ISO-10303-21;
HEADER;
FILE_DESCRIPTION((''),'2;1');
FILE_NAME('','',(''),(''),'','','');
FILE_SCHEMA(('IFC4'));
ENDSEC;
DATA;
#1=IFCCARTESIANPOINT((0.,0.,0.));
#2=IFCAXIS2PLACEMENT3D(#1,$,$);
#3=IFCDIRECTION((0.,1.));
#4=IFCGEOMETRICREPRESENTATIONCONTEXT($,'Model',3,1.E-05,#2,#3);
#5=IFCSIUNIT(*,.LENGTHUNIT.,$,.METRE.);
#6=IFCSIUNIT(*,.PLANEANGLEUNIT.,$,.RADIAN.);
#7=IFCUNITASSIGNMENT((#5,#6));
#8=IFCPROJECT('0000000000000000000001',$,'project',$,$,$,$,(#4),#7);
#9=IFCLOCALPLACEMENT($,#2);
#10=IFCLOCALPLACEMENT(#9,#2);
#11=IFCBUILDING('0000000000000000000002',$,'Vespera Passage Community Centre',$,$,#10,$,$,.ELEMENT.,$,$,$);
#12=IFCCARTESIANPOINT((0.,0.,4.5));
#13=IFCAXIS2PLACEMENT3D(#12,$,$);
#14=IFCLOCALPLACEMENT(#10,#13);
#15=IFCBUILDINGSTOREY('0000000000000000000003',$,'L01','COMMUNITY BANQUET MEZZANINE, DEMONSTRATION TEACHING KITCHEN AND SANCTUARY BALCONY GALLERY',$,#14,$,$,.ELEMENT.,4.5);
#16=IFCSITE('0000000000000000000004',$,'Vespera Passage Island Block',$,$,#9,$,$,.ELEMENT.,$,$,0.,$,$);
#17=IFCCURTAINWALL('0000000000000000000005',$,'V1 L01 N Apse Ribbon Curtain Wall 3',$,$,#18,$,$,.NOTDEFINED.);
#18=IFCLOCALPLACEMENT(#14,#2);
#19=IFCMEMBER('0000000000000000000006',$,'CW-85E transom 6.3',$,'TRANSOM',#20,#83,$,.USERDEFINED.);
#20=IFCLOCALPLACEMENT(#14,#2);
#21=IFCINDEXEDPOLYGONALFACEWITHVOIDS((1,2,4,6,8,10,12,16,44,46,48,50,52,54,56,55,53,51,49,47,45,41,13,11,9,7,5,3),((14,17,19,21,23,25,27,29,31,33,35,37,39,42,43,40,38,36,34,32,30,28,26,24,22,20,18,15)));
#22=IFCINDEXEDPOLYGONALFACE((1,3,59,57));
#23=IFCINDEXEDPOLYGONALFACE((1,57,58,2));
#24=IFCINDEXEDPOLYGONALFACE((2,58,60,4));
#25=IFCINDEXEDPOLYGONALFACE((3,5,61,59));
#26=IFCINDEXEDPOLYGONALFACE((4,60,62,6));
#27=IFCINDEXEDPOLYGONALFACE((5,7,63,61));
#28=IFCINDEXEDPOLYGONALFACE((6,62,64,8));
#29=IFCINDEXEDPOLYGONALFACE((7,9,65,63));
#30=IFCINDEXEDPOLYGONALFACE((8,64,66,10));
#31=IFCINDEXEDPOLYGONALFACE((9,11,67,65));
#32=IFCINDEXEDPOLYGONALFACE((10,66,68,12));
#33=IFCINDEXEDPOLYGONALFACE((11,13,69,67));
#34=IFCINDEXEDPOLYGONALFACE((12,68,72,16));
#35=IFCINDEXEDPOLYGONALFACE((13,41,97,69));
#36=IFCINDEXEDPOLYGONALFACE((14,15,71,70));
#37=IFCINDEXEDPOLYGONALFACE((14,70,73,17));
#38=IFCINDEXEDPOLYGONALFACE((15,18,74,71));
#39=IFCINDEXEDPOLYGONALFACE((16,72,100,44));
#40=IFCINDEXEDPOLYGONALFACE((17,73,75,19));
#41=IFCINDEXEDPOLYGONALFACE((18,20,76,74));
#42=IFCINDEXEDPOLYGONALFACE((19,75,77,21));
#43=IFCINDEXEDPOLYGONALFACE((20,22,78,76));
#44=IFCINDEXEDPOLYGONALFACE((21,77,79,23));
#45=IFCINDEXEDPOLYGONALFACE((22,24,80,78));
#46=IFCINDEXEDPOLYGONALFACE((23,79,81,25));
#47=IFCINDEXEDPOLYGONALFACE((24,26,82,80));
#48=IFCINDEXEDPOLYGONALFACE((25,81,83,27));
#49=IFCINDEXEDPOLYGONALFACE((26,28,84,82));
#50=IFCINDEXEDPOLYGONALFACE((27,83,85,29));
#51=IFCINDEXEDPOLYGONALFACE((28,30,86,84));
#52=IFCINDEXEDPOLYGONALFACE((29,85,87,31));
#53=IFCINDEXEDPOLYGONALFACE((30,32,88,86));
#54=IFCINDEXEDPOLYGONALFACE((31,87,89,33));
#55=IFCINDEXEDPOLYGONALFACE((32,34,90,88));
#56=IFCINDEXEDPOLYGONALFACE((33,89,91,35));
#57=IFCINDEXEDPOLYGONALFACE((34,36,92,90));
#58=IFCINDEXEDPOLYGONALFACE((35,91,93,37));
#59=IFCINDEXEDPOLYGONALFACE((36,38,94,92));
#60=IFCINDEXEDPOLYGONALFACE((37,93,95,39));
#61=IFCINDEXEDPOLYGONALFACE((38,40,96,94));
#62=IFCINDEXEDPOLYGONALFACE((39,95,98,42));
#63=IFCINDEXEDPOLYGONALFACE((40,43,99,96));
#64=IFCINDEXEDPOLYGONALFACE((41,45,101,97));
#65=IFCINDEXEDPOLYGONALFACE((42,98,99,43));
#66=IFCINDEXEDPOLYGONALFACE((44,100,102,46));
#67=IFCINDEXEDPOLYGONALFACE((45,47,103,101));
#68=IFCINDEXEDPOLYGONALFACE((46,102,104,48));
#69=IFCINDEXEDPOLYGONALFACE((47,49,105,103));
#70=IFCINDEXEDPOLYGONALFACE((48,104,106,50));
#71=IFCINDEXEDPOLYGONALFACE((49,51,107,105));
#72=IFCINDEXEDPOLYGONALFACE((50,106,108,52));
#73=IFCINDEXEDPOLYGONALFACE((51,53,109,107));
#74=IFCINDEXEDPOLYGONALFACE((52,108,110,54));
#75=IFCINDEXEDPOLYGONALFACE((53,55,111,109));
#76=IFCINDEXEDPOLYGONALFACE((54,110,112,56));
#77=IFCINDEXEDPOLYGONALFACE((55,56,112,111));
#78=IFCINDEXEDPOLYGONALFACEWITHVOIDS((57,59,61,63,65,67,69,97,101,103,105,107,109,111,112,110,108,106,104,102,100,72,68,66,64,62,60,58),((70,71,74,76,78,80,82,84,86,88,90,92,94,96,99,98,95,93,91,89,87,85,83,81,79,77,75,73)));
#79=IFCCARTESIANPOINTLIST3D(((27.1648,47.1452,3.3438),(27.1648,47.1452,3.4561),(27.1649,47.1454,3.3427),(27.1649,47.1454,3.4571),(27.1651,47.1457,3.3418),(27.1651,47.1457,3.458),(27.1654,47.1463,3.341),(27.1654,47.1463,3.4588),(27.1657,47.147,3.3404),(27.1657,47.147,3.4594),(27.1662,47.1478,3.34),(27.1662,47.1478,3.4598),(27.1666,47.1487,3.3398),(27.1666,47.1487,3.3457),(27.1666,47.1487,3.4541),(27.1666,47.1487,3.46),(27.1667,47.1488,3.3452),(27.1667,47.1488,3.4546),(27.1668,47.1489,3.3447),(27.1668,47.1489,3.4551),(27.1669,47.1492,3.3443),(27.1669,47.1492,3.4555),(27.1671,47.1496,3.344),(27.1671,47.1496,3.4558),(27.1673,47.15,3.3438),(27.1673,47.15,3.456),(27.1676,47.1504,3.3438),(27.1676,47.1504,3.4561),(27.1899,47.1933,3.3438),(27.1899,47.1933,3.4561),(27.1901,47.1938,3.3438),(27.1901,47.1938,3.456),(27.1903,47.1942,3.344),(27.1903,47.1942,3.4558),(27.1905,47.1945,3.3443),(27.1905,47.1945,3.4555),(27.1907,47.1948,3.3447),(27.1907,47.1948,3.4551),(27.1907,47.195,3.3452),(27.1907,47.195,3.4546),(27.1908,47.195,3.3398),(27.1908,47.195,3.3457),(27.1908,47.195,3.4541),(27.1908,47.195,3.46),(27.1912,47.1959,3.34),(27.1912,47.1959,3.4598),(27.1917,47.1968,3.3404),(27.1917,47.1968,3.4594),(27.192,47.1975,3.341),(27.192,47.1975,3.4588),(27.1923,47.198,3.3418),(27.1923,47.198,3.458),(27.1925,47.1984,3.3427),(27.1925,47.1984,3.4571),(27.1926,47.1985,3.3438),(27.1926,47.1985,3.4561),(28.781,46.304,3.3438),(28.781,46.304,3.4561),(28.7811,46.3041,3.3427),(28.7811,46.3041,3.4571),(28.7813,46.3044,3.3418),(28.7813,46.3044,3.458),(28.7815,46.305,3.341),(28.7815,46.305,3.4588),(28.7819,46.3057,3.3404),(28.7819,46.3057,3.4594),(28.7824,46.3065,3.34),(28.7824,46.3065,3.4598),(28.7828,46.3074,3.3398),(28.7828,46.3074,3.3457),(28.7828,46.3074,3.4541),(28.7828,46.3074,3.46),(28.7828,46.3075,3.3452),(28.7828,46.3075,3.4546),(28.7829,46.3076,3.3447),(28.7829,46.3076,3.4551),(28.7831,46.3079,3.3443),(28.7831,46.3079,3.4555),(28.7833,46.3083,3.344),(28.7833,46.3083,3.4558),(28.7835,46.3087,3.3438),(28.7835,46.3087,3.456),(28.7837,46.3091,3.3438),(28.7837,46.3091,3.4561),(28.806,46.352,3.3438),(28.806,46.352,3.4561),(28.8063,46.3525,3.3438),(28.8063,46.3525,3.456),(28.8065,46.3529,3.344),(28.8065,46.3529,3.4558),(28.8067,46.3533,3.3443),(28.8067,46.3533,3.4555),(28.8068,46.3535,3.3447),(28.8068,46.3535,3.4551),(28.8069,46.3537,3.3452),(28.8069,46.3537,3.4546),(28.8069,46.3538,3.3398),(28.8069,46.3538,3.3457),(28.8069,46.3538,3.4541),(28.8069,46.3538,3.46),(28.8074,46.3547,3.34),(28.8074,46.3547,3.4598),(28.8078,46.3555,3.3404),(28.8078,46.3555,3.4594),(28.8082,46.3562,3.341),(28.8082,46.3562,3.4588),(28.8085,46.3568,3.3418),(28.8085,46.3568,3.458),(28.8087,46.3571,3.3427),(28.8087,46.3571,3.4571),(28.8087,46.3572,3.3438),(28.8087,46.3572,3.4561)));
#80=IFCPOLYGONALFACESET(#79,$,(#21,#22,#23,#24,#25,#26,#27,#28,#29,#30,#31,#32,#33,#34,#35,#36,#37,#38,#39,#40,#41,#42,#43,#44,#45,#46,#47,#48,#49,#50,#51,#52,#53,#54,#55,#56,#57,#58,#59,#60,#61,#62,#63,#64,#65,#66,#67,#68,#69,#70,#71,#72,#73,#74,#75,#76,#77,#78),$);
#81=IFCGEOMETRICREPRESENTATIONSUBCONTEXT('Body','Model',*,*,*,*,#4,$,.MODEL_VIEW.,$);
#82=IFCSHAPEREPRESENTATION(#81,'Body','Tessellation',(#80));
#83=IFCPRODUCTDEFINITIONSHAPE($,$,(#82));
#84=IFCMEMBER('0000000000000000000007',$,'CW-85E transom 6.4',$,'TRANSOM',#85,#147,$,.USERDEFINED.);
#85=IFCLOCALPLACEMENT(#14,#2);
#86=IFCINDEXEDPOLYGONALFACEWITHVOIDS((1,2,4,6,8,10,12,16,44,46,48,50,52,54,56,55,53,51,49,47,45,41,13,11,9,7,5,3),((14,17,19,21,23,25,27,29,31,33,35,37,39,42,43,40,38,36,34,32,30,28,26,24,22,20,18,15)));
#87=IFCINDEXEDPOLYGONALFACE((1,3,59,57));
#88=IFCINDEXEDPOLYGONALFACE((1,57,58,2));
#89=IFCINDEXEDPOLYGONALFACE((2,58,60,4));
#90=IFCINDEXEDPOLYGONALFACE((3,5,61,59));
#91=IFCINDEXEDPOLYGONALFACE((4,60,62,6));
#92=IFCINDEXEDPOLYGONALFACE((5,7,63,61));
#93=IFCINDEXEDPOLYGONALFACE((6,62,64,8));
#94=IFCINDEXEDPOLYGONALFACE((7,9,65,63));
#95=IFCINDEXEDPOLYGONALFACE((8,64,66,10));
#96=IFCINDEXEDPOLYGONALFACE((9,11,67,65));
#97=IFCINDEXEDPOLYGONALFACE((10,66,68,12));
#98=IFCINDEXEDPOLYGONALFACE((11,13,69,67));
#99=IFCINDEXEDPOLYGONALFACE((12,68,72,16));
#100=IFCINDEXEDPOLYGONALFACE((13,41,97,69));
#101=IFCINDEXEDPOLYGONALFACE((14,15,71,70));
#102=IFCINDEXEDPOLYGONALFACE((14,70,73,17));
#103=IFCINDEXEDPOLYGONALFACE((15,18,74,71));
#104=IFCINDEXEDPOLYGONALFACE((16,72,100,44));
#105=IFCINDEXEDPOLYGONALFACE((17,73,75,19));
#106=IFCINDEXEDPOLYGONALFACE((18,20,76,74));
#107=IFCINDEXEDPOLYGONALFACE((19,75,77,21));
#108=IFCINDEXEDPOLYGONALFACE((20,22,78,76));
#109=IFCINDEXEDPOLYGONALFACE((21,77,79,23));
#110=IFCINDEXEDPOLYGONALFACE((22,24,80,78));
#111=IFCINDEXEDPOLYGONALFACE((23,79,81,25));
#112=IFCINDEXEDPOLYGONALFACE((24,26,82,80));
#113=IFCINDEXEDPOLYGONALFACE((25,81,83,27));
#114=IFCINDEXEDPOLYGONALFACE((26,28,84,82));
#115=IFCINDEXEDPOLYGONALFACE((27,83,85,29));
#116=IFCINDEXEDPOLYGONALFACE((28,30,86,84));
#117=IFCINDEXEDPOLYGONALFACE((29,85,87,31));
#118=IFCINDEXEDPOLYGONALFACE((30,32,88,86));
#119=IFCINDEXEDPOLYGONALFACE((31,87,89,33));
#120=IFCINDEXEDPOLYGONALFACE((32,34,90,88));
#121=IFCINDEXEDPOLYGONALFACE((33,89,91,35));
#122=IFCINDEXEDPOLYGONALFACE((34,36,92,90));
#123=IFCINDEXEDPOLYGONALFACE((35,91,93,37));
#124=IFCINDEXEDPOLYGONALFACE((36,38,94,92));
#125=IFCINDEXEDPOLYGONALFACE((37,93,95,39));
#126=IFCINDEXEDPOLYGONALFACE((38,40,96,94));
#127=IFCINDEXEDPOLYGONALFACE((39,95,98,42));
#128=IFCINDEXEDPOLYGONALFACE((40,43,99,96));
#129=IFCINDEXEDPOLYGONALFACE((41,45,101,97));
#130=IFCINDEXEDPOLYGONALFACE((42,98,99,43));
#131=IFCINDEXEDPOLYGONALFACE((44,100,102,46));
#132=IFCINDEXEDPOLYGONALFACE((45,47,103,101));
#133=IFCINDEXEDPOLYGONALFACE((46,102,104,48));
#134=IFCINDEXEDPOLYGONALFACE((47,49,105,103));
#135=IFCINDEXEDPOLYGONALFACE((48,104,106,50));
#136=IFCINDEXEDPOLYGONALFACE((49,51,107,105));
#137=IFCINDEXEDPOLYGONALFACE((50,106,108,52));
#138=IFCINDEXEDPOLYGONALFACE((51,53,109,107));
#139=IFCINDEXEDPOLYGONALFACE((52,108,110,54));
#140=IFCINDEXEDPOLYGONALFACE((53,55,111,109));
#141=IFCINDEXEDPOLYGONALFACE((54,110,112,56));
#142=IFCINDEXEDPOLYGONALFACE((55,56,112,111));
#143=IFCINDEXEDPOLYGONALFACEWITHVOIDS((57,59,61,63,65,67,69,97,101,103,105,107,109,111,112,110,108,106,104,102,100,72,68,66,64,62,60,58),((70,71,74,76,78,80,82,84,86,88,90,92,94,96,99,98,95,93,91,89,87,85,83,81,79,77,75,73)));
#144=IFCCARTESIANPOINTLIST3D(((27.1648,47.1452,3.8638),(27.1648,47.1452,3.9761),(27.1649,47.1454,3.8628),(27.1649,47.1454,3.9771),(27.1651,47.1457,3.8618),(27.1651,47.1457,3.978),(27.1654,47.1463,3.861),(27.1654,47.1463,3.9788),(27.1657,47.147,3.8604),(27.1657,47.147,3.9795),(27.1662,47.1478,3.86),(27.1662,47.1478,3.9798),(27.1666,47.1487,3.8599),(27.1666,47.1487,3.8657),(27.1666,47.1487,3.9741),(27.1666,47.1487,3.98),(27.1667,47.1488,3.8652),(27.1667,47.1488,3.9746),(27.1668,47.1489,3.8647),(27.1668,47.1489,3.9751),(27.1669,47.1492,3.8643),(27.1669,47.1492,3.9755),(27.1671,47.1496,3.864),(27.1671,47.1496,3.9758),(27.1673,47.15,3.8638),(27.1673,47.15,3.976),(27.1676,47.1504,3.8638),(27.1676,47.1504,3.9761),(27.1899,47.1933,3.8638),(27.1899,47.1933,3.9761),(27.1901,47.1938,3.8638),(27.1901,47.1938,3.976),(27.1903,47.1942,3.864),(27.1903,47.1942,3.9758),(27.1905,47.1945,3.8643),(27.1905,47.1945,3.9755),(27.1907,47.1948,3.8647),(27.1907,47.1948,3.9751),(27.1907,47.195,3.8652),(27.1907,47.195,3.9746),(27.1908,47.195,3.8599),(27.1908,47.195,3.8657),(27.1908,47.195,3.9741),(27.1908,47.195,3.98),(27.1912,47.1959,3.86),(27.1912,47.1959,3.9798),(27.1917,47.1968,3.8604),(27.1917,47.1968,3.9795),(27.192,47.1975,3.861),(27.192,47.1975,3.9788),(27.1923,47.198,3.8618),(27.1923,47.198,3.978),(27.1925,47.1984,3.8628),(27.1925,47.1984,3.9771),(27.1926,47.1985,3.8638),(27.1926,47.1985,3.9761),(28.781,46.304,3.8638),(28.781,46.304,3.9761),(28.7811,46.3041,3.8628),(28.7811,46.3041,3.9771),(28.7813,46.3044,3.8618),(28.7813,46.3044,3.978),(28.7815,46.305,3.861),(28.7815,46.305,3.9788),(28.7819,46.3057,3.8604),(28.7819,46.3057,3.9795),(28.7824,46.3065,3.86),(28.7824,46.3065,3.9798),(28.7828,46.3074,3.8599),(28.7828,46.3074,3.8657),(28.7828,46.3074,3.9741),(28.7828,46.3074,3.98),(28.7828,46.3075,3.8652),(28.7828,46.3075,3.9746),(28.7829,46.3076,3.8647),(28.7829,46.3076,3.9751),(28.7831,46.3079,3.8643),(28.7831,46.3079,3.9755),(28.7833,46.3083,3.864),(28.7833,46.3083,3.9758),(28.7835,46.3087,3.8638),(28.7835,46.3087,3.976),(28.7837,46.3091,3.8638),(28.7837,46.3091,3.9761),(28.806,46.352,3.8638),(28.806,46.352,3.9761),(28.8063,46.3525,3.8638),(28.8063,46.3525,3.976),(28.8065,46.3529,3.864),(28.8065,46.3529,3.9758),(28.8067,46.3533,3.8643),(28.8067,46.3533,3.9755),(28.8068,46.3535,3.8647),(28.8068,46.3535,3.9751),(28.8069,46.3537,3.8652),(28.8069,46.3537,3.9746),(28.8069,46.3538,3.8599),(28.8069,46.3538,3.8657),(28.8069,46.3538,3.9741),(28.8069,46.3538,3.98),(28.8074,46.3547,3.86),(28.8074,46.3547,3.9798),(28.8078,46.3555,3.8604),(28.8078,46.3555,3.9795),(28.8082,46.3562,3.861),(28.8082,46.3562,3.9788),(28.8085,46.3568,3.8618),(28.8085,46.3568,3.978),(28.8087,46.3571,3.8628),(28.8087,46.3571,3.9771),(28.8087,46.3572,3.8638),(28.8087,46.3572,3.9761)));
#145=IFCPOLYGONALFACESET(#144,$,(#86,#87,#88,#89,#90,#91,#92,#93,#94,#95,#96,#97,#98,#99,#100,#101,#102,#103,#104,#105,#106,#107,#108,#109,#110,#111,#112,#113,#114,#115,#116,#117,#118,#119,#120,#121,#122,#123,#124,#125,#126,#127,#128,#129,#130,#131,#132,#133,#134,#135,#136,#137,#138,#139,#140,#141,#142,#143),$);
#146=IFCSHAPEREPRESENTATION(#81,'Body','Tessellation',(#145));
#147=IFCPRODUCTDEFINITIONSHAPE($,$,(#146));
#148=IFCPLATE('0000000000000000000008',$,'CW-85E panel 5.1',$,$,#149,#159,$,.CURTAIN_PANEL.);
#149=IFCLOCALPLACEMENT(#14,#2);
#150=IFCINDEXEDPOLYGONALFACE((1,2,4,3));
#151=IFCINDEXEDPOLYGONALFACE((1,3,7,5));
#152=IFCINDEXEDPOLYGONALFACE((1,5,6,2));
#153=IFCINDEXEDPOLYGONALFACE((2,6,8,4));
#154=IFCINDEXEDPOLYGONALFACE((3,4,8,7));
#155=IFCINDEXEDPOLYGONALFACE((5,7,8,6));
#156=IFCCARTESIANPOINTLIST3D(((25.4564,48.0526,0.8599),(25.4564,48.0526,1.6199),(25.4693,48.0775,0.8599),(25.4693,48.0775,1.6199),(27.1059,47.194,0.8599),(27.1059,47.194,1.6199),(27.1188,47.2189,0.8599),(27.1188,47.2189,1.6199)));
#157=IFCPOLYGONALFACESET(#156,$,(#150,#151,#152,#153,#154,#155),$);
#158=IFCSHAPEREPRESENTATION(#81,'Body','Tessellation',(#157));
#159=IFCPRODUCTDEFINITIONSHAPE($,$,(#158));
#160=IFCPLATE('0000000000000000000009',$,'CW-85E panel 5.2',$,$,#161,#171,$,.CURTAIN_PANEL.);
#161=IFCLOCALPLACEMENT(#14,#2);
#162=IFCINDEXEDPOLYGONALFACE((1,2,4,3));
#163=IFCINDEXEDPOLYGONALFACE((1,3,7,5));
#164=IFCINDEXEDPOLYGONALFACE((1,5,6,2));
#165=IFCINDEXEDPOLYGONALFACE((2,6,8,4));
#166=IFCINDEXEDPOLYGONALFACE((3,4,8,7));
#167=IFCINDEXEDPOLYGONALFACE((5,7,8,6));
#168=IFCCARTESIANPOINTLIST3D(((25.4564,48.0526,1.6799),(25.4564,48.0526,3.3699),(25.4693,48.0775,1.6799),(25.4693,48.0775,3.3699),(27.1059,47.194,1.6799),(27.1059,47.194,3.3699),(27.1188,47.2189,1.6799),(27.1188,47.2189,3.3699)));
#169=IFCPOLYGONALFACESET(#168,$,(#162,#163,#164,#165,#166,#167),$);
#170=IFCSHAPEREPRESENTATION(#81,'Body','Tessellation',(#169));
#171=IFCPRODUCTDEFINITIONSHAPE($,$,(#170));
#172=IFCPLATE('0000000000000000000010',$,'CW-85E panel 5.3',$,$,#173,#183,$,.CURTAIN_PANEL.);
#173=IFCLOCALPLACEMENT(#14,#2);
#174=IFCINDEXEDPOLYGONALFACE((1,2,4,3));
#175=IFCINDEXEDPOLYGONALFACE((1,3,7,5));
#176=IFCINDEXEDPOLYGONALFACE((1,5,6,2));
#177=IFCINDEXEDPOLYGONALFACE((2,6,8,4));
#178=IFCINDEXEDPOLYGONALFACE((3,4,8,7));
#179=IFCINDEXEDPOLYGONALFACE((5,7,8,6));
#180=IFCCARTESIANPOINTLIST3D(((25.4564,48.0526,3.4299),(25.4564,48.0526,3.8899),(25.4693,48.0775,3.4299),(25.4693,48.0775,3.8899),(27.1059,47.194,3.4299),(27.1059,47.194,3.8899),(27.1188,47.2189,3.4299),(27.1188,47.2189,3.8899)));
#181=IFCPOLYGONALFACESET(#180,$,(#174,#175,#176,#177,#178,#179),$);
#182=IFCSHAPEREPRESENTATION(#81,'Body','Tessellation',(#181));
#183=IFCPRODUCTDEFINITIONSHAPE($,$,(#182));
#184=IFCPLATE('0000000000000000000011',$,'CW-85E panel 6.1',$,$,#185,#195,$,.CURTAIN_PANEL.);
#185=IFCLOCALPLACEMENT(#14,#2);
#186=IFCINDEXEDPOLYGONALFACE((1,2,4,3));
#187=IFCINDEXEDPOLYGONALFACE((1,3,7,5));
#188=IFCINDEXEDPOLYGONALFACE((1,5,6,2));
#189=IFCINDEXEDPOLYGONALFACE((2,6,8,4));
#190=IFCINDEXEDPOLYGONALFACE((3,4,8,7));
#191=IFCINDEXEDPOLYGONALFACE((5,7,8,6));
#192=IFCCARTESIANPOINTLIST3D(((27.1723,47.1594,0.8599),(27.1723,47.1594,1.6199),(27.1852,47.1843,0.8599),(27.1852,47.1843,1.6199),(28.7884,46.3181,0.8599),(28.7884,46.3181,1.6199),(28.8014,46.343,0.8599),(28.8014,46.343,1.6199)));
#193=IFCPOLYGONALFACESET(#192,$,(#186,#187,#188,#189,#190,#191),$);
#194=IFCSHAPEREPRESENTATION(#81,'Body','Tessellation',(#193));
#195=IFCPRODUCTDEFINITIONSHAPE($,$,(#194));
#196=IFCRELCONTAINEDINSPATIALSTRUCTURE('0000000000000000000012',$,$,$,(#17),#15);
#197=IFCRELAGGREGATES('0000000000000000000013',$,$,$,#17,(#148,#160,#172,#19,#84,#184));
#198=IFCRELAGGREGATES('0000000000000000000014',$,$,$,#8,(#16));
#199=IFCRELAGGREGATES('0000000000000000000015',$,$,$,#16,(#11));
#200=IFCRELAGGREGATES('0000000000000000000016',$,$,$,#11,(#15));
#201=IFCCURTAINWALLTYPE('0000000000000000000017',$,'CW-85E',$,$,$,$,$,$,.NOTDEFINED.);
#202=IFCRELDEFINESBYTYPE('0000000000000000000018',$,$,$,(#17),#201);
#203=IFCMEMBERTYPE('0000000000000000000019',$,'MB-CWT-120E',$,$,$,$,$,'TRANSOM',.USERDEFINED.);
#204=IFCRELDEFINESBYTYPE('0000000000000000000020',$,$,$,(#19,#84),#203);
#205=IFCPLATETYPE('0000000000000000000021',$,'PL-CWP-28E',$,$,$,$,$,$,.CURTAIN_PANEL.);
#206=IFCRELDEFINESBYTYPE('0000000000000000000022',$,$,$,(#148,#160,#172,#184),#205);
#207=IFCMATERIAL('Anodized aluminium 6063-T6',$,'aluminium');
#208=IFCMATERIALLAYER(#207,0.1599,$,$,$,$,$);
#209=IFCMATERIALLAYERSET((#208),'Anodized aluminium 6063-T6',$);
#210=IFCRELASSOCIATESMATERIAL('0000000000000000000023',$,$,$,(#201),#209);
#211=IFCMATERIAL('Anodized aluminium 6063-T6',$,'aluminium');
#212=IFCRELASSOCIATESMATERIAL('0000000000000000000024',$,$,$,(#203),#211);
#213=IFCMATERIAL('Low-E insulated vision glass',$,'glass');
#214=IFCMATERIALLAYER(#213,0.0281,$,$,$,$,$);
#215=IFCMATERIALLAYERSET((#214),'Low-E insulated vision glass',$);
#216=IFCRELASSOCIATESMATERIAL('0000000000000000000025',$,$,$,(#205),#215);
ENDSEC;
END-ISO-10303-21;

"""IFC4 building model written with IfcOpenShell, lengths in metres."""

from ifc_helpers import new_model, si_unit, direction, frame, origin, origin_2d, place, context, subcontext, project, spatial, rectangle, hollow_rectangle, extrude, material, layer, layer_set, material_profile, profile_set, type_object, element, aggregate, save


model = new_model("IFC4")

# Units and contexts
model_context = context("Model", 3, precision=1e-05, world=origin(), true_north=direction((0.0, 1.0)))
body_context = subcontext(model_context, "Body", "Model", "MODEL_VIEW")
ifc_project = project(units=[si_unit("LENGTHUNIT", "METRE"), si_unit("PLANEANGLEUNIT", "RADIAN")], contexts=[model_context])

# Site, building, storey
site_placement = place(None, origin())
site = spatial("IfcSite", under=ifc_project, at=site_placement, Name="Vespera Passage Island Block", CompositionType="ELEMENT", RefElevation=0.0)
building_placement = place(site_placement, origin())
building = spatial("IfcBuilding", under=site, at=building_placement, Name="Vespera Passage Community Centre", CompositionType="ELEMENT")
storey_placement = place(building_placement, frame((0.0, 0.0, 4.5)))
storey = spatial("IfcBuildingStorey", under=building, at=storey_placement, Name="L01", Description="COMMUNITY BANQUET MEZZANINE, DEMONSTRATION TEACHING KITCHEN AND SANCTUARY BALCONY GALLERY", CompositionType="ELEMENT", Elevation=4.5)

# Curtain wall
ifc_material_1 = material(Name="Anodized aluminium 6063-T6", Category="aluminium")
ifc_layer_1 = layer(ifc_material_1, 0.1599)
ifc_layer_set_1 = layer_set([ifc_layer_1], Name="Anodized aluminium 6063-T6")
curtain_wall_type_1 = type_object("IfcCurtainWallType", Name="CW-85E", PredefinedType="NOTDEFINED", material=ifc_layer_set_1)
curtain_wall_1_placement = place(storey_placement, origin())
curtain_wall_1 = element("IfcCurtainWall", 1, at=curtain_wall_1_placement, inside=storey, type_object=curtain_wall_type_1, Name="V1 L01 N Apse Ribbon Curtain Wall 3", PredefinedType="NOTDEFINED")
ifc_material_2 = material(Name="Anodized aluminium 6063-T6", Category="aluminium")
ifc_material_profile_1 = material_profile(ifc_material_2, hollow_rectangle(XDim=0.0601, YDim=0.1201, WallThickness=0.0039, InnerFilletRadius=0.002, OuterFilletRadius=0.0039, at=origin_2d()), Name="ALU120X60X4")
ifc_profile_set_1 = profile_set([ifc_material_profile_1], Name="Anodized aluminium 6063-T6")
member_type_1 = type_object("IfcMemberType", Name="MB-CWT-120E", ElementType="TRANSOM", PredefinedType="USERDEFINED", material=ifc_profile_set_1)

# Members
member_1_placement = place(storey_placement, frame((27.1787, 47.1719, 3.3999), z_axis=(0.887019, -0.461732, 0.0), x_axis=(0.461732, 0.887019, 0.0)))
member_1 = element("IfcMember", 2, at=member_1_placement, type_object=member_type_1, Name="CW-85E transom 6.3", ObjectType="TRANSOM", PredefinedType="USERDEFINED", context=body_context, shape_type="SweptSolid", body=[
    extrude(hollow_rectangle(XDim=0.0601, YDim=0.1201, WallThickness=0.0039, InnerFilletRadius=0.002, OuterFilletRadius=0.0039, at=origin_2d()), origin(), (0.0, 0.0, 1.0), 1.822),
])
member_2_placement = place(storey_placement, frame((27.1787, 47.1719, 3.9199), z_axis=(0.887019, -0.461732, 0.0), x_axis=(0.461732, 0.887019, 0.0)))
member_2 = element("IfcMember", 3, at=member_2_placement, type_object=member_type_1, Name="CW-85E transom 6.4", ObjectType="TRANSOM", PredefinedType="USERDEFINED", context=body_context, shape_type="SweptSolid", body=[
    extrude(hollow_rectangle(XDim=0.0601, YDim=0.1201, WallThickness=0.0039, InnerFilletRadius=0.002, OuterFilletRadius=0.0039, at=origin_2d()), origin(), (0.0, 0.0, 1.0), 1.822),
])

# Plates
ifc_material_3 = material(Name="Low-E insulated vision glass", Category="glass")
ifc_layer_2 = layer(ifc_material_3, 0.0281)
ifc_layer_set_2 = layer_set([ifc_layer_2], Name="Low-E insulated vision glass")
plate_type_1 = type_object("IfcPlateType", Name="PL-CWP-28E", PredefinedType="CURTAIN_PANEL", material=ifc_layer_set_2)
plate_1_placement = place(storey_placement, frame((26.2876, 47.6357, 0.8599), z_axis=(0.0, 0.0, 1.0), x_axis=(0.887013, -0.461745, 0.0)))
plate_1 = element("IfcPlate", 4, at=plate_1_placement, type_object=plate_type_1, Name="CW-85E panel 5.1", PredefinedType="CURTAIN_PANEL", context=body_context, shape_type="SweptSolid", body=[
    extrude(rectangle(XDim=1.8596, YDim=0.0281, at=origin_2d()), origin(), (0.0, 0.0, 1.0), 0.76),
])
plate_2_placement = place(storey_placement, frame((26.2876, 47.6357, 1.6799), z_axis=(0.0, 0.0, 1.0), x_axis=(0.887013, -0.461745, 0.0)))
plate_2 = element("IfcPlate", 5, at=plate_2_placement, type_object=plate_type_1, Name="CW-85E panel 5.2", PredefinedType="CURTAIN_PANEL", context=body_context, shape_type="SweptSolid", body=[
    extrude(rectangle(XDim=1.8596, YDim=0.0281, at=origin_2d()), origin(), (0.0, 0.0, 1.0), 1.6899),
])
plate_3_placement = place(storey_placement, frame((26.2876, 47.6357, 3.4299), z_axis=(0.0, 0.0, 1.0), x_axis=(0.887013, -0.461745, 0.0)))
plate_3 = element("IfcPlate", 6, at=plate_3_placement, type_object=plate_type_1, Name="CW-85E panel 5.3", PredefinedType="CURTAIN_PANEL", context=body_context, shape_type="SweptSolid", body=[
    extrude(rectangle(XDim=1.8596, YDim=0.0281, at=origin_2d()), origin(), (0.0, 0.0, 1.0), 0.46),
])
plate_4_placement = place(storey_placement, frame((27.9868, 46.7512, 0.8599), z_axis=(0.0, 0.0, 1.0), x_axis=(0.887013, -0.461745, 0.0)))
plate_4 = element("IfcPlate", 7, at=plate_4_placement, type_object=plate_type_1, Name="CW-85E panel 6.1", PredefinedType="CURTAIN_PANEL", context=body_context, shape_type="SweptSolid", body=[
    extrude(rectangle(XDim=1.822, YDim=0.0281, at=origin_2d()), origin(), (0.0, 0.0, 1.0), 0.76),
])
aggregate(curtain_wall_1, [plate_1, plate_2, plate_3, member_1, member_2, plate_4])

save(model, "model.ifc")
